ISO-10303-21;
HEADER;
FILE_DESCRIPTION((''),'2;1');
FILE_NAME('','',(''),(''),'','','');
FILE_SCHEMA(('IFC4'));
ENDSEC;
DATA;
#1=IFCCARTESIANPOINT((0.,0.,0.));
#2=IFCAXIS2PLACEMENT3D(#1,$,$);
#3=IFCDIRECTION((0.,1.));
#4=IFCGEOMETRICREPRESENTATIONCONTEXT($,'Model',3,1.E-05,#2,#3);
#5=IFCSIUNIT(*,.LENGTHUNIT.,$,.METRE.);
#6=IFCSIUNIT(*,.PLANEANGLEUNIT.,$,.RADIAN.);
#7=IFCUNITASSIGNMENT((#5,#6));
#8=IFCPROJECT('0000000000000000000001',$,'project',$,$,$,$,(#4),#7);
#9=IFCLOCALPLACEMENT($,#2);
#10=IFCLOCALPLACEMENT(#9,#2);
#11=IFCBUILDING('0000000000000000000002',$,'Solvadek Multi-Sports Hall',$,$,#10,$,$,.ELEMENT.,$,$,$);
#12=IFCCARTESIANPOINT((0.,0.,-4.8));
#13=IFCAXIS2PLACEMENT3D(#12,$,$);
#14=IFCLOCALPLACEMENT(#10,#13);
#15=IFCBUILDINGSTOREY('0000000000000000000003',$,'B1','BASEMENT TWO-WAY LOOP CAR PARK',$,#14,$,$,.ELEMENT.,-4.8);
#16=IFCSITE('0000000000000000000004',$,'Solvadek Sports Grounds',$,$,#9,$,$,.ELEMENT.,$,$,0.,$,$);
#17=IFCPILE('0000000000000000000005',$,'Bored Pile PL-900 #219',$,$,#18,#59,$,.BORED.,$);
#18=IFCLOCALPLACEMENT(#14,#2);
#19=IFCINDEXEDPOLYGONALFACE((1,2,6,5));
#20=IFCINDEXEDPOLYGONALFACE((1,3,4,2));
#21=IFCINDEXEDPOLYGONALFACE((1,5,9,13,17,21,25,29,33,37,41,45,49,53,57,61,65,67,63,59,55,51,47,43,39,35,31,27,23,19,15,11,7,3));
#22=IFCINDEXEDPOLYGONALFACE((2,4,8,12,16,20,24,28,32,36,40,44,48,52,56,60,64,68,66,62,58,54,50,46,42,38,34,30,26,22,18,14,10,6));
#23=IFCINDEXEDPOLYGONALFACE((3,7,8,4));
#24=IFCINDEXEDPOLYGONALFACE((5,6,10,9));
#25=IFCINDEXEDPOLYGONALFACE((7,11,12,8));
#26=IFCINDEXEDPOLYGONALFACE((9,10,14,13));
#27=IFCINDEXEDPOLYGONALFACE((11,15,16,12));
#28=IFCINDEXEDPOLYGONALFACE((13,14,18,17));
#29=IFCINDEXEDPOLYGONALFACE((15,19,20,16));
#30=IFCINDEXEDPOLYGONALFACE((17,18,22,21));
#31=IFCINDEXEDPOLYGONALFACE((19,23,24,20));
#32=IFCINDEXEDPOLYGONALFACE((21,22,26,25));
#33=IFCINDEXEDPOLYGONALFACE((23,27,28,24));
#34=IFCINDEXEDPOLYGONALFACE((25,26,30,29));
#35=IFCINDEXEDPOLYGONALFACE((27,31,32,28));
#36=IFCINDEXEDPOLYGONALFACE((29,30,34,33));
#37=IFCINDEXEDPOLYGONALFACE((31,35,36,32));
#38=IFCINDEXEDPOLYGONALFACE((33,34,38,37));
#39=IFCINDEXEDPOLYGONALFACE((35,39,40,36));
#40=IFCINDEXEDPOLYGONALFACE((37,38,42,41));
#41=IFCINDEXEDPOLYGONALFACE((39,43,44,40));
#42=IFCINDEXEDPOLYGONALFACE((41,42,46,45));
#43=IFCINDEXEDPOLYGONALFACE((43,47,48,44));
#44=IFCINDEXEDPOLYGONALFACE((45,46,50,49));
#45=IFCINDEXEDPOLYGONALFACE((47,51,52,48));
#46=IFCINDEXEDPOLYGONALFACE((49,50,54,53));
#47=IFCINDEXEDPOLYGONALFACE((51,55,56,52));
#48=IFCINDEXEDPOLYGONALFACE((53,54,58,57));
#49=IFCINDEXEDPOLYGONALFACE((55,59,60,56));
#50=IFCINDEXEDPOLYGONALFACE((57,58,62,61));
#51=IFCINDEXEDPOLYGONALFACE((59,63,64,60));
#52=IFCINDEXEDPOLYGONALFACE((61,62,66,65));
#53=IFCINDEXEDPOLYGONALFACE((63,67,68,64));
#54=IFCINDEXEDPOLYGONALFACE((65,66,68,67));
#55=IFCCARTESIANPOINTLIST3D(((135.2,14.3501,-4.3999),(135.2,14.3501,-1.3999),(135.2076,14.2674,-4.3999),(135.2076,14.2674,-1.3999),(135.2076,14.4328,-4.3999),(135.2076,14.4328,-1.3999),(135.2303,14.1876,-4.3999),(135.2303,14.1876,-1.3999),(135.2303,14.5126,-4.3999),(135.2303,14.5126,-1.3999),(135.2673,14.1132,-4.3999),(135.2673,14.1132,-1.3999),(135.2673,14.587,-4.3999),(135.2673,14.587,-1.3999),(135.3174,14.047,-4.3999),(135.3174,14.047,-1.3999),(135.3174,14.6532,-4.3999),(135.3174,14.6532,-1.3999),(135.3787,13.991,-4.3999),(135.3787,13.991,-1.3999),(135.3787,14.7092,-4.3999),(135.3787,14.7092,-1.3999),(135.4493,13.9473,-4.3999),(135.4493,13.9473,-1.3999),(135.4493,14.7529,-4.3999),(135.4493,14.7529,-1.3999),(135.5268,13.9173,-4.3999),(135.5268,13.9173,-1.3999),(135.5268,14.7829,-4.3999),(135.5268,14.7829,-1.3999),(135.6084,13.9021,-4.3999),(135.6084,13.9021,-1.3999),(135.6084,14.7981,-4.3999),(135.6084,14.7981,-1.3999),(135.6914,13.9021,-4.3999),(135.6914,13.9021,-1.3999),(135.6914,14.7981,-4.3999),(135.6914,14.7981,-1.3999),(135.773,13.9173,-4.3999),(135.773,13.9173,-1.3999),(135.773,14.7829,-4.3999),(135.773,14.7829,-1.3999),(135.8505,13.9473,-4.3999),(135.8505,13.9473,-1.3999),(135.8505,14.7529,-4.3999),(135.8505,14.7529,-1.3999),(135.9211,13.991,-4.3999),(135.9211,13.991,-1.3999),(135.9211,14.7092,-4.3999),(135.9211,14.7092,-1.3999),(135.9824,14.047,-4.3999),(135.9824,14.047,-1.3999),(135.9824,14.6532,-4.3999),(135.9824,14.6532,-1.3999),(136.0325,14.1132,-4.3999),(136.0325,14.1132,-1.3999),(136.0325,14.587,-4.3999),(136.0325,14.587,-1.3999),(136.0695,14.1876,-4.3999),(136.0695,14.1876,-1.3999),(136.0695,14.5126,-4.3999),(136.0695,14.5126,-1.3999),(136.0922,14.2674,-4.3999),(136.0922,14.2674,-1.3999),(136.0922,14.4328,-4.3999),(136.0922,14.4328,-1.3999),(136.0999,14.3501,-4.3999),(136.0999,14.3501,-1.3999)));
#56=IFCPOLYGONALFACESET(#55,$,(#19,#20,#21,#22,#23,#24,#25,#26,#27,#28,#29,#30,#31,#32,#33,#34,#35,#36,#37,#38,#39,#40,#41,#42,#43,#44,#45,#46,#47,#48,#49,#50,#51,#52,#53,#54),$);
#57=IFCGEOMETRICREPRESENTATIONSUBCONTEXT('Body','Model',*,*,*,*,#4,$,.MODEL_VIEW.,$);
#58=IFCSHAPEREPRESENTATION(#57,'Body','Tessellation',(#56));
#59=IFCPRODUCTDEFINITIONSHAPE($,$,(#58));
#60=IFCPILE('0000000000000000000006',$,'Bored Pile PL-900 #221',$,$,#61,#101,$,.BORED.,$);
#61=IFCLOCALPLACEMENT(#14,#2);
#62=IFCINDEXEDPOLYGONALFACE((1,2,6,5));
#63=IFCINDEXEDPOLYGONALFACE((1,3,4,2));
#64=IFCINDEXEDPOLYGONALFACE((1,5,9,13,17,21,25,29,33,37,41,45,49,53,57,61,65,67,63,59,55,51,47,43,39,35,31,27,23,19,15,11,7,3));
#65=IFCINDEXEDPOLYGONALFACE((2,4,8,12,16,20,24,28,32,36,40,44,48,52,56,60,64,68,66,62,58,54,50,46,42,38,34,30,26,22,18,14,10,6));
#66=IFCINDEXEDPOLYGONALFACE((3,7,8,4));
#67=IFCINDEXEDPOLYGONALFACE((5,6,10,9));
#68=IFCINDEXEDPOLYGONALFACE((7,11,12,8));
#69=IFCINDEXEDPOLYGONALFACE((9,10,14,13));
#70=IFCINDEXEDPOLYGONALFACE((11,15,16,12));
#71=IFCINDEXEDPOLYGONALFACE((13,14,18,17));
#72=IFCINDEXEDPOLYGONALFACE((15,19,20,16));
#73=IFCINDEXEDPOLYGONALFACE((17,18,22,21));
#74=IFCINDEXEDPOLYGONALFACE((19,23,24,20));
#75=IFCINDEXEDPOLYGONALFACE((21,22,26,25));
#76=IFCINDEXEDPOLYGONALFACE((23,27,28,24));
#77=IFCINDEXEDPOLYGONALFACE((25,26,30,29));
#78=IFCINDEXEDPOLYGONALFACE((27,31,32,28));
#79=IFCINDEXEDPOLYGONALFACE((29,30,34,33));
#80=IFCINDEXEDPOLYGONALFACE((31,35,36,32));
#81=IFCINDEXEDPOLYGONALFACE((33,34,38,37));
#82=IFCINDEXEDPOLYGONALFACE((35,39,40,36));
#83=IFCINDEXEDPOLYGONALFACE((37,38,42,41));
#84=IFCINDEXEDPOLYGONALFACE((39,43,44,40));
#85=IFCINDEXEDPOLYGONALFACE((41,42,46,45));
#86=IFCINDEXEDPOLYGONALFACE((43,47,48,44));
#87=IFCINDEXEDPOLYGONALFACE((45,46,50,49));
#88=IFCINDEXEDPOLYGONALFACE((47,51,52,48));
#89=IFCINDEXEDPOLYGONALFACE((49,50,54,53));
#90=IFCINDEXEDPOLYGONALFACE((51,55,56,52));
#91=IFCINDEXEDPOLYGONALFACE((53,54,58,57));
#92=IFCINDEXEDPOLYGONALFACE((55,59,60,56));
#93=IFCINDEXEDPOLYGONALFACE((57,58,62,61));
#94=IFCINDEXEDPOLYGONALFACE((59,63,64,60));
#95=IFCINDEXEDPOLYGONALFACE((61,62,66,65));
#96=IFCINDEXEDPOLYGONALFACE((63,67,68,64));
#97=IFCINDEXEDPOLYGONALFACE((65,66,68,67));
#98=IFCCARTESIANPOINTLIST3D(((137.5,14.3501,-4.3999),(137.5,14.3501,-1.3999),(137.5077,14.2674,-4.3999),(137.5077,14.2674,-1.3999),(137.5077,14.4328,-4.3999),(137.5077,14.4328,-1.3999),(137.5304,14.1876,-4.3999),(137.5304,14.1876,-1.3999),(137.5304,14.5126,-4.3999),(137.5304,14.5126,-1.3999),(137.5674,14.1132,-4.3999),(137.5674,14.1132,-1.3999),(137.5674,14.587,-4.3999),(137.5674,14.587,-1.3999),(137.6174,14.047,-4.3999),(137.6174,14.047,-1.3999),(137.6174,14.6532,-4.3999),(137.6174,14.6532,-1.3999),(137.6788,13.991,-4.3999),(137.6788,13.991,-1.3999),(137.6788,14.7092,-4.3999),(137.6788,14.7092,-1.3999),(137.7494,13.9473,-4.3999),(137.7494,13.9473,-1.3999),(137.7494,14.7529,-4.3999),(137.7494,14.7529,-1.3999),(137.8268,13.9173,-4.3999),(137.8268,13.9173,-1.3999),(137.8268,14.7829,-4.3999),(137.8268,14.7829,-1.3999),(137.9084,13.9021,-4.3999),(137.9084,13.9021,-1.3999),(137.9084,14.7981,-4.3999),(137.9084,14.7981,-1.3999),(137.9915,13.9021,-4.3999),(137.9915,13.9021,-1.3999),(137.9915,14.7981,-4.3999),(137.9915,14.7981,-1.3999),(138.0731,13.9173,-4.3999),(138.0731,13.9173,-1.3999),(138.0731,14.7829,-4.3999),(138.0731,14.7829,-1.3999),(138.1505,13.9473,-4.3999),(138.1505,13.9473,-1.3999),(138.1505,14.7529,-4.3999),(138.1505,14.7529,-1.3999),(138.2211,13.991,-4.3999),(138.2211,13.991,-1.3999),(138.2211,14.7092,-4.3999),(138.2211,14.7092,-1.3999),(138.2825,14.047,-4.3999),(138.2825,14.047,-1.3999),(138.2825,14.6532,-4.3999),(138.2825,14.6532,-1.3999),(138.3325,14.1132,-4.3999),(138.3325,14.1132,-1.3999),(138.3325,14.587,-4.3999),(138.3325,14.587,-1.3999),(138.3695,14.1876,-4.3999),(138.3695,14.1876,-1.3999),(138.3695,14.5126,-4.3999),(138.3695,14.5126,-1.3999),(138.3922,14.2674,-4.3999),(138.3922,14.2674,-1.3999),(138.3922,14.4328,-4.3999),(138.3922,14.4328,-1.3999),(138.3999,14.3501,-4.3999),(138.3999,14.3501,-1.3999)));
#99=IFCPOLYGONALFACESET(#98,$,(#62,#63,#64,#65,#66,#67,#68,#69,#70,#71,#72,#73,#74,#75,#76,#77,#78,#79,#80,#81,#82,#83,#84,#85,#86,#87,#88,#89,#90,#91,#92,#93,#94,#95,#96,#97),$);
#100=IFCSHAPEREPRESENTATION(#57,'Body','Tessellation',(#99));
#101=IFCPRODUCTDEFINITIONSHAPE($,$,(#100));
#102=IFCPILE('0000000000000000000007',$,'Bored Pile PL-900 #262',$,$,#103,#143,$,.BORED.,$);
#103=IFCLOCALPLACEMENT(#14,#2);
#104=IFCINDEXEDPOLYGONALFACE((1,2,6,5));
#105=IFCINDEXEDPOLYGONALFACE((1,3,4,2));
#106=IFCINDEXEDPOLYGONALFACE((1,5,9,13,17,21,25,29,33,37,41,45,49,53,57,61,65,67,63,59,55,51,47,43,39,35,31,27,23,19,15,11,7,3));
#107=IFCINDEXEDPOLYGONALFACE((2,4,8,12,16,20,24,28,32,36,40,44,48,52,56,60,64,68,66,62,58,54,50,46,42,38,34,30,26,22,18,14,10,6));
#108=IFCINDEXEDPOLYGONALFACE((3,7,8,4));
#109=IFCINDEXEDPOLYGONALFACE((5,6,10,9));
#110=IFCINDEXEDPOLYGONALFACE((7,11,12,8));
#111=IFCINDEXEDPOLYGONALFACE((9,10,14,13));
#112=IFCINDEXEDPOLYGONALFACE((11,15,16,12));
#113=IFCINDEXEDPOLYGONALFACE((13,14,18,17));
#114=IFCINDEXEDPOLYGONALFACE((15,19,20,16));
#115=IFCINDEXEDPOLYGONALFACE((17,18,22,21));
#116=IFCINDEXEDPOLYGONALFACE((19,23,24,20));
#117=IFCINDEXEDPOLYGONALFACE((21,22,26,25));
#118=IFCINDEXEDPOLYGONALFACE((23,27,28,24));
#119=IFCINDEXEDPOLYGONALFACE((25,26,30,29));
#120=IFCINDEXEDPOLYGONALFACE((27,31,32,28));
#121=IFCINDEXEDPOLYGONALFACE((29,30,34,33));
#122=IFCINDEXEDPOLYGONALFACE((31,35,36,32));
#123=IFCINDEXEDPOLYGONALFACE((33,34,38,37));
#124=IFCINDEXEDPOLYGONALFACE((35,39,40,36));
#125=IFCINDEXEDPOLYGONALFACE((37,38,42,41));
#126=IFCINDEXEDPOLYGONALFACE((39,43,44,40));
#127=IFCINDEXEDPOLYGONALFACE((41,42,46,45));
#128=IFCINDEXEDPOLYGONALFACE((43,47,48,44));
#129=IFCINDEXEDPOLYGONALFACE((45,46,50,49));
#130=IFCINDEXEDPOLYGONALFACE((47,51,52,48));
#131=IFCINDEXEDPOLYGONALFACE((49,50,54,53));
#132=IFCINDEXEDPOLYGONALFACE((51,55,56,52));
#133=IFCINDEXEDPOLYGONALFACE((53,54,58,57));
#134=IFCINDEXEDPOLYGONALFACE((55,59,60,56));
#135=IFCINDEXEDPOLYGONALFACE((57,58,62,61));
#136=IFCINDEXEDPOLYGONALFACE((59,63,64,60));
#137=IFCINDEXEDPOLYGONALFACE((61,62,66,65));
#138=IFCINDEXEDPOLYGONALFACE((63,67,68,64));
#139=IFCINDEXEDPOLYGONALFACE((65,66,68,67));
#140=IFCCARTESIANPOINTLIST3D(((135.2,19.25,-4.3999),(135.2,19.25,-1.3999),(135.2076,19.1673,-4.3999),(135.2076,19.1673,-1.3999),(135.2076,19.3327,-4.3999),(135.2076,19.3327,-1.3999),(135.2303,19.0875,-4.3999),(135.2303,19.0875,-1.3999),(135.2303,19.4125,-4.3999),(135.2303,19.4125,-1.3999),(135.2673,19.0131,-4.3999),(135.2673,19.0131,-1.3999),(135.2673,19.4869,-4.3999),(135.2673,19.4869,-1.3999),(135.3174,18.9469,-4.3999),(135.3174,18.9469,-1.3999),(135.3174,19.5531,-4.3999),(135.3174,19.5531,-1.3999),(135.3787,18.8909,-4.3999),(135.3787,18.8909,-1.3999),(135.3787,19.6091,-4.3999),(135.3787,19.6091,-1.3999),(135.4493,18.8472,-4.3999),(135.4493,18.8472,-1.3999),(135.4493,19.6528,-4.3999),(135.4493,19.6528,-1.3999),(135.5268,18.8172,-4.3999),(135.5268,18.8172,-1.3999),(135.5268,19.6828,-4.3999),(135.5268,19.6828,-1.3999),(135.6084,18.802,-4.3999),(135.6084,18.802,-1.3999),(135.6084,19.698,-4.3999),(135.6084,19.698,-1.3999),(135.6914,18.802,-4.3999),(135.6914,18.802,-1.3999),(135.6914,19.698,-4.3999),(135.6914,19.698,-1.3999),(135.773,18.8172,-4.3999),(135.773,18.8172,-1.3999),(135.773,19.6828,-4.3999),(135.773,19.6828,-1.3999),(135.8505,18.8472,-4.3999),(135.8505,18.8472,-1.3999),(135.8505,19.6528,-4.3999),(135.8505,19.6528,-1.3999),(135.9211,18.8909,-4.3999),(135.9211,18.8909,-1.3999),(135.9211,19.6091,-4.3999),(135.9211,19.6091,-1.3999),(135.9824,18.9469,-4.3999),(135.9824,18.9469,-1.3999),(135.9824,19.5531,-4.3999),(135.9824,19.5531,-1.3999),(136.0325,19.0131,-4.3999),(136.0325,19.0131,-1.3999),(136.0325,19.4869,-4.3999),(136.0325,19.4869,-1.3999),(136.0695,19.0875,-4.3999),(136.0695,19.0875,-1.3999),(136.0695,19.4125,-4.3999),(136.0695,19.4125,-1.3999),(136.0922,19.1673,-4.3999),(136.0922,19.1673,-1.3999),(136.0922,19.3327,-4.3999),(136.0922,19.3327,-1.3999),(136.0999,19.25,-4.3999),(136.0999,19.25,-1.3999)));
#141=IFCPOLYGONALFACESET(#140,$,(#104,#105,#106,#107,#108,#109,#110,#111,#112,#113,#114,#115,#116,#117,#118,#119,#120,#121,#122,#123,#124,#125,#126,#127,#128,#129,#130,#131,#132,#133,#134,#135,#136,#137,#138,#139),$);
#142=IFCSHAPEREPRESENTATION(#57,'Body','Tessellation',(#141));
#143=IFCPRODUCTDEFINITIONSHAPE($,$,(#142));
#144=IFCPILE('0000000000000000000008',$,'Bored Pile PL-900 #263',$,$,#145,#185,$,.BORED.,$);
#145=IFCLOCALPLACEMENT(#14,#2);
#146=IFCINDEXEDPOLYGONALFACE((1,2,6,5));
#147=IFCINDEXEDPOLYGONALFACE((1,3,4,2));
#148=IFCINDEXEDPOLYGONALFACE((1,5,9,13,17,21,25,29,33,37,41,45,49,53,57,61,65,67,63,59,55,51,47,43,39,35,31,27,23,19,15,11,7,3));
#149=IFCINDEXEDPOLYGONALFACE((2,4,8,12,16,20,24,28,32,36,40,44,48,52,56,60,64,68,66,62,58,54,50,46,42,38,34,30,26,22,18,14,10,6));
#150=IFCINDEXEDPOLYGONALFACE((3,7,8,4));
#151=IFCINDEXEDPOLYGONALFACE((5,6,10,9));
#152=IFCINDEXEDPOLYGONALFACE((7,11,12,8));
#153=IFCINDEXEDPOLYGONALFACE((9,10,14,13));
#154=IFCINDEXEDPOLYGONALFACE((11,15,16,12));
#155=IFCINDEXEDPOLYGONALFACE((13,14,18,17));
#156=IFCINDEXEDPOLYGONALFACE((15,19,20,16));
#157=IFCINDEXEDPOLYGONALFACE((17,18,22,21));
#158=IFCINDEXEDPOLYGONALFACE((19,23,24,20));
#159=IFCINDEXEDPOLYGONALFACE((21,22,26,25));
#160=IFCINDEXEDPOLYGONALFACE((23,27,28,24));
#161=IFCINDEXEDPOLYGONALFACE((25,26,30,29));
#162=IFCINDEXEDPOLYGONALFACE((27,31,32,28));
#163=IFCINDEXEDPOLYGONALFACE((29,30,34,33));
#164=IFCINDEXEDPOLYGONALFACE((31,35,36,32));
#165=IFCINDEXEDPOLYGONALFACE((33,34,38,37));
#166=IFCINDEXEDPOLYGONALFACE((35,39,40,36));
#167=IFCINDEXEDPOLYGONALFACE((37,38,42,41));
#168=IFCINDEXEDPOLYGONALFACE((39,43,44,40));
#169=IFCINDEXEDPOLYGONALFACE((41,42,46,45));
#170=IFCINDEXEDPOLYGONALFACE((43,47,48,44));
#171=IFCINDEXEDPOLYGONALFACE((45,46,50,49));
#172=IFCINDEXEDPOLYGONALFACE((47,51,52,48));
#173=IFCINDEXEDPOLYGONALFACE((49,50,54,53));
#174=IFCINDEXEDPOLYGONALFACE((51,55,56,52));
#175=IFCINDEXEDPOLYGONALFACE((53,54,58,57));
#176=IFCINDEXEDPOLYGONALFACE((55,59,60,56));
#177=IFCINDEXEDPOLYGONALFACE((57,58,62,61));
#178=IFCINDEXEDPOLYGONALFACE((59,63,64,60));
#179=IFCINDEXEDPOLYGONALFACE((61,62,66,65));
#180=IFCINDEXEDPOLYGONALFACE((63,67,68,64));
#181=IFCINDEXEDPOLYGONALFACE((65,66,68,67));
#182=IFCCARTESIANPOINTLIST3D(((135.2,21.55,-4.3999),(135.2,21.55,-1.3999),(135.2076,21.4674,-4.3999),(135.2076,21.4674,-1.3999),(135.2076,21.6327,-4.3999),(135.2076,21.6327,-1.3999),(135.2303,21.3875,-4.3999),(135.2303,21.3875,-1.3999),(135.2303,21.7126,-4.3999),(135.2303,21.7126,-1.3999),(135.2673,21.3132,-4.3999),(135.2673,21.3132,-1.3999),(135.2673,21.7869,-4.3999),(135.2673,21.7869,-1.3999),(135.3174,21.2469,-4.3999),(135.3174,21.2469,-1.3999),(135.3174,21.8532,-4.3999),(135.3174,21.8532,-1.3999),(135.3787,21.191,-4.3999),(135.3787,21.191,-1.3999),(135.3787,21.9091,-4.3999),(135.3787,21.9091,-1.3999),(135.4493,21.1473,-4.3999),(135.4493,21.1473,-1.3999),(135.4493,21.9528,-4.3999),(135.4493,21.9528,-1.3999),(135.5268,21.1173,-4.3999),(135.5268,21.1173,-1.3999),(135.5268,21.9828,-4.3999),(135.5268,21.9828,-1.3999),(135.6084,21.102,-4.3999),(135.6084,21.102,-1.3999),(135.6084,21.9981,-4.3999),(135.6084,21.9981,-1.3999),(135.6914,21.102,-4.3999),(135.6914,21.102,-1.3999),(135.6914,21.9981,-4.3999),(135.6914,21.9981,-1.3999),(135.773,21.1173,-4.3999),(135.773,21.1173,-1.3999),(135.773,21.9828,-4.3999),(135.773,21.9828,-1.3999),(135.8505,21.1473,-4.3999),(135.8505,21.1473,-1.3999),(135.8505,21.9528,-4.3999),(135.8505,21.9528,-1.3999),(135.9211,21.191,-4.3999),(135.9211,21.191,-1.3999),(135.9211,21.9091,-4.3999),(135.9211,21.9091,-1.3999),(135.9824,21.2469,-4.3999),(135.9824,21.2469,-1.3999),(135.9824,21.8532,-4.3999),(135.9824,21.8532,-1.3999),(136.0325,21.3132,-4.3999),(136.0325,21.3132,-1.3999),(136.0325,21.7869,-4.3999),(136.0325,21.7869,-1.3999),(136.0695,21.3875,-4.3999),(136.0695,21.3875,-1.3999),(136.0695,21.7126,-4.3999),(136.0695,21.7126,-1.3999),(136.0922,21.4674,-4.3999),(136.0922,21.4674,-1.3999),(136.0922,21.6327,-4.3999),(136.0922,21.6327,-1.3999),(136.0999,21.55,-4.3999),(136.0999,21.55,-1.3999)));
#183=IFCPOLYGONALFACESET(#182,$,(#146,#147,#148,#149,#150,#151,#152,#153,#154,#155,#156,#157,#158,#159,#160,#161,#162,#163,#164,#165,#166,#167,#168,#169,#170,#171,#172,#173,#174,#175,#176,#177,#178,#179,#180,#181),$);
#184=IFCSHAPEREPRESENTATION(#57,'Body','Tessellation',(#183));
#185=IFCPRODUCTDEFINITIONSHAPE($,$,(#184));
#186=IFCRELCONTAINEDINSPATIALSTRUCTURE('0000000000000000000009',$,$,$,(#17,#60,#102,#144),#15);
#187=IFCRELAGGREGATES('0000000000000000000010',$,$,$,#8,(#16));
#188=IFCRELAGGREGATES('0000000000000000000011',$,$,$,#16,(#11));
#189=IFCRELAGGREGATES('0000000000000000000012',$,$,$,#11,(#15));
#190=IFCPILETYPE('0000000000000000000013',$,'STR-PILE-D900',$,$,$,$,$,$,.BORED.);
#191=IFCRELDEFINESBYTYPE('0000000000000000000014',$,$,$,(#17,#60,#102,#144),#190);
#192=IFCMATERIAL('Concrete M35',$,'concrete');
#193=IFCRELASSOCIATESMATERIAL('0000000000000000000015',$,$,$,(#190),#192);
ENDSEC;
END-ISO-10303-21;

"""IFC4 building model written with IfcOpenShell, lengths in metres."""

from ifc_helpers import new_model, si_unit, direction, frame, origin, origin_2d, place, context, subcontext, project, spatial, circle, extrude, material, material_profile, profile_set, type_object, element, save


model = new_model("IFC4")

# Units and contexts
model_context = context("Model", 3, precision=1e-05, world=origin(), true_north=direction((0.0, 1.0)))
body_context = subcontext(model_context, "Body", "Model", "MODEL_VIEW")
ifc_project = project(units=[si_unit("LENGTHUNIT", "METRE"), si_unit("PLANEANGLEUNIT", "RADIAN")], contexts=[model_context])

# Site, building, storey
site_placement = place(None, origin())
site = spatial("IfcSite", under=ifc_project, at=site_placement, Name="Solvadek Sports Grounds", CompositionType="ELEMENT", RefElevation=0.0)
building_placement = place(site_placement, origin())
building = spatial("IfcBuilding", under=site, at=building_placement, Name="Solvadek Multi-Sports Hall", CompositionType="ELEMENT")
storey_placement = place(building_placement, frame((0.0, 0.0, -4.8)))
storey = spatial("IfcBuildingStorey", under=building, at=storey_placement, Name="B1", Description="BASEMENT TWO-WAY LOOP CAR PARK", CompositionType="ELEMENT", Elevation=-4.8)

# Piles
ifc_material_1 = material(Name="Concrete M35", Category="concrete")
ifc_material_profile_1 = material_profile(ifc_material_1, circle(Radius=0.45, at=origin_2d()), Name="BORED PILE D900")
ifc_profile_set_1 = profile_set([ifc_material_profile_1], Name="Concrete M35")
pile_type_1 = type_object("IfcPileType", Name="STR-PILE-D900", PredefinedType="BORED", material=ifc_profile_set_1)
for number, where, z_axis, x_axis, name in (
    (1, (135.6499, 14.3501, -1.3999), (0.0, 0.0, -1.0), (1.0, 0.0, 0.0), "Bored Pile PL-900 #219"),
    (2, (137.95, 14.3501, -1.3999), (0.0, 0.0, -1.0), (1.0, 0.0, 0.0), "Bored Pile PL-900 #221"),
    (3, (135.6499, 19.25, -1.3999), (0.0, 0.0, -1.0), (1.0, 0.0, 0.0), "Bored Pile PL-900 #262"),
    (4, (135.6499, 21.55, -1.3999), (0.0, 0.0, -1.0), (1.0, 0.0, 0.0), "Bored Pile PL-900 #263"),
):
    element("IfcPile", number, at=place(storey_placement, frame(where, z_axis=z_axis, x_axis=x_axis)), inside=storey, type_object=pile_type_1, Name=name, PredefinedType="BORED", context=body_context, shape_type="SweptSolid", body=[
        extrude(circle(Radius=0.45, at=origin_2d()), origin(), (0.0, 0.0, 1.0), 3.0),
    ])

save(model, "model.ifc")
